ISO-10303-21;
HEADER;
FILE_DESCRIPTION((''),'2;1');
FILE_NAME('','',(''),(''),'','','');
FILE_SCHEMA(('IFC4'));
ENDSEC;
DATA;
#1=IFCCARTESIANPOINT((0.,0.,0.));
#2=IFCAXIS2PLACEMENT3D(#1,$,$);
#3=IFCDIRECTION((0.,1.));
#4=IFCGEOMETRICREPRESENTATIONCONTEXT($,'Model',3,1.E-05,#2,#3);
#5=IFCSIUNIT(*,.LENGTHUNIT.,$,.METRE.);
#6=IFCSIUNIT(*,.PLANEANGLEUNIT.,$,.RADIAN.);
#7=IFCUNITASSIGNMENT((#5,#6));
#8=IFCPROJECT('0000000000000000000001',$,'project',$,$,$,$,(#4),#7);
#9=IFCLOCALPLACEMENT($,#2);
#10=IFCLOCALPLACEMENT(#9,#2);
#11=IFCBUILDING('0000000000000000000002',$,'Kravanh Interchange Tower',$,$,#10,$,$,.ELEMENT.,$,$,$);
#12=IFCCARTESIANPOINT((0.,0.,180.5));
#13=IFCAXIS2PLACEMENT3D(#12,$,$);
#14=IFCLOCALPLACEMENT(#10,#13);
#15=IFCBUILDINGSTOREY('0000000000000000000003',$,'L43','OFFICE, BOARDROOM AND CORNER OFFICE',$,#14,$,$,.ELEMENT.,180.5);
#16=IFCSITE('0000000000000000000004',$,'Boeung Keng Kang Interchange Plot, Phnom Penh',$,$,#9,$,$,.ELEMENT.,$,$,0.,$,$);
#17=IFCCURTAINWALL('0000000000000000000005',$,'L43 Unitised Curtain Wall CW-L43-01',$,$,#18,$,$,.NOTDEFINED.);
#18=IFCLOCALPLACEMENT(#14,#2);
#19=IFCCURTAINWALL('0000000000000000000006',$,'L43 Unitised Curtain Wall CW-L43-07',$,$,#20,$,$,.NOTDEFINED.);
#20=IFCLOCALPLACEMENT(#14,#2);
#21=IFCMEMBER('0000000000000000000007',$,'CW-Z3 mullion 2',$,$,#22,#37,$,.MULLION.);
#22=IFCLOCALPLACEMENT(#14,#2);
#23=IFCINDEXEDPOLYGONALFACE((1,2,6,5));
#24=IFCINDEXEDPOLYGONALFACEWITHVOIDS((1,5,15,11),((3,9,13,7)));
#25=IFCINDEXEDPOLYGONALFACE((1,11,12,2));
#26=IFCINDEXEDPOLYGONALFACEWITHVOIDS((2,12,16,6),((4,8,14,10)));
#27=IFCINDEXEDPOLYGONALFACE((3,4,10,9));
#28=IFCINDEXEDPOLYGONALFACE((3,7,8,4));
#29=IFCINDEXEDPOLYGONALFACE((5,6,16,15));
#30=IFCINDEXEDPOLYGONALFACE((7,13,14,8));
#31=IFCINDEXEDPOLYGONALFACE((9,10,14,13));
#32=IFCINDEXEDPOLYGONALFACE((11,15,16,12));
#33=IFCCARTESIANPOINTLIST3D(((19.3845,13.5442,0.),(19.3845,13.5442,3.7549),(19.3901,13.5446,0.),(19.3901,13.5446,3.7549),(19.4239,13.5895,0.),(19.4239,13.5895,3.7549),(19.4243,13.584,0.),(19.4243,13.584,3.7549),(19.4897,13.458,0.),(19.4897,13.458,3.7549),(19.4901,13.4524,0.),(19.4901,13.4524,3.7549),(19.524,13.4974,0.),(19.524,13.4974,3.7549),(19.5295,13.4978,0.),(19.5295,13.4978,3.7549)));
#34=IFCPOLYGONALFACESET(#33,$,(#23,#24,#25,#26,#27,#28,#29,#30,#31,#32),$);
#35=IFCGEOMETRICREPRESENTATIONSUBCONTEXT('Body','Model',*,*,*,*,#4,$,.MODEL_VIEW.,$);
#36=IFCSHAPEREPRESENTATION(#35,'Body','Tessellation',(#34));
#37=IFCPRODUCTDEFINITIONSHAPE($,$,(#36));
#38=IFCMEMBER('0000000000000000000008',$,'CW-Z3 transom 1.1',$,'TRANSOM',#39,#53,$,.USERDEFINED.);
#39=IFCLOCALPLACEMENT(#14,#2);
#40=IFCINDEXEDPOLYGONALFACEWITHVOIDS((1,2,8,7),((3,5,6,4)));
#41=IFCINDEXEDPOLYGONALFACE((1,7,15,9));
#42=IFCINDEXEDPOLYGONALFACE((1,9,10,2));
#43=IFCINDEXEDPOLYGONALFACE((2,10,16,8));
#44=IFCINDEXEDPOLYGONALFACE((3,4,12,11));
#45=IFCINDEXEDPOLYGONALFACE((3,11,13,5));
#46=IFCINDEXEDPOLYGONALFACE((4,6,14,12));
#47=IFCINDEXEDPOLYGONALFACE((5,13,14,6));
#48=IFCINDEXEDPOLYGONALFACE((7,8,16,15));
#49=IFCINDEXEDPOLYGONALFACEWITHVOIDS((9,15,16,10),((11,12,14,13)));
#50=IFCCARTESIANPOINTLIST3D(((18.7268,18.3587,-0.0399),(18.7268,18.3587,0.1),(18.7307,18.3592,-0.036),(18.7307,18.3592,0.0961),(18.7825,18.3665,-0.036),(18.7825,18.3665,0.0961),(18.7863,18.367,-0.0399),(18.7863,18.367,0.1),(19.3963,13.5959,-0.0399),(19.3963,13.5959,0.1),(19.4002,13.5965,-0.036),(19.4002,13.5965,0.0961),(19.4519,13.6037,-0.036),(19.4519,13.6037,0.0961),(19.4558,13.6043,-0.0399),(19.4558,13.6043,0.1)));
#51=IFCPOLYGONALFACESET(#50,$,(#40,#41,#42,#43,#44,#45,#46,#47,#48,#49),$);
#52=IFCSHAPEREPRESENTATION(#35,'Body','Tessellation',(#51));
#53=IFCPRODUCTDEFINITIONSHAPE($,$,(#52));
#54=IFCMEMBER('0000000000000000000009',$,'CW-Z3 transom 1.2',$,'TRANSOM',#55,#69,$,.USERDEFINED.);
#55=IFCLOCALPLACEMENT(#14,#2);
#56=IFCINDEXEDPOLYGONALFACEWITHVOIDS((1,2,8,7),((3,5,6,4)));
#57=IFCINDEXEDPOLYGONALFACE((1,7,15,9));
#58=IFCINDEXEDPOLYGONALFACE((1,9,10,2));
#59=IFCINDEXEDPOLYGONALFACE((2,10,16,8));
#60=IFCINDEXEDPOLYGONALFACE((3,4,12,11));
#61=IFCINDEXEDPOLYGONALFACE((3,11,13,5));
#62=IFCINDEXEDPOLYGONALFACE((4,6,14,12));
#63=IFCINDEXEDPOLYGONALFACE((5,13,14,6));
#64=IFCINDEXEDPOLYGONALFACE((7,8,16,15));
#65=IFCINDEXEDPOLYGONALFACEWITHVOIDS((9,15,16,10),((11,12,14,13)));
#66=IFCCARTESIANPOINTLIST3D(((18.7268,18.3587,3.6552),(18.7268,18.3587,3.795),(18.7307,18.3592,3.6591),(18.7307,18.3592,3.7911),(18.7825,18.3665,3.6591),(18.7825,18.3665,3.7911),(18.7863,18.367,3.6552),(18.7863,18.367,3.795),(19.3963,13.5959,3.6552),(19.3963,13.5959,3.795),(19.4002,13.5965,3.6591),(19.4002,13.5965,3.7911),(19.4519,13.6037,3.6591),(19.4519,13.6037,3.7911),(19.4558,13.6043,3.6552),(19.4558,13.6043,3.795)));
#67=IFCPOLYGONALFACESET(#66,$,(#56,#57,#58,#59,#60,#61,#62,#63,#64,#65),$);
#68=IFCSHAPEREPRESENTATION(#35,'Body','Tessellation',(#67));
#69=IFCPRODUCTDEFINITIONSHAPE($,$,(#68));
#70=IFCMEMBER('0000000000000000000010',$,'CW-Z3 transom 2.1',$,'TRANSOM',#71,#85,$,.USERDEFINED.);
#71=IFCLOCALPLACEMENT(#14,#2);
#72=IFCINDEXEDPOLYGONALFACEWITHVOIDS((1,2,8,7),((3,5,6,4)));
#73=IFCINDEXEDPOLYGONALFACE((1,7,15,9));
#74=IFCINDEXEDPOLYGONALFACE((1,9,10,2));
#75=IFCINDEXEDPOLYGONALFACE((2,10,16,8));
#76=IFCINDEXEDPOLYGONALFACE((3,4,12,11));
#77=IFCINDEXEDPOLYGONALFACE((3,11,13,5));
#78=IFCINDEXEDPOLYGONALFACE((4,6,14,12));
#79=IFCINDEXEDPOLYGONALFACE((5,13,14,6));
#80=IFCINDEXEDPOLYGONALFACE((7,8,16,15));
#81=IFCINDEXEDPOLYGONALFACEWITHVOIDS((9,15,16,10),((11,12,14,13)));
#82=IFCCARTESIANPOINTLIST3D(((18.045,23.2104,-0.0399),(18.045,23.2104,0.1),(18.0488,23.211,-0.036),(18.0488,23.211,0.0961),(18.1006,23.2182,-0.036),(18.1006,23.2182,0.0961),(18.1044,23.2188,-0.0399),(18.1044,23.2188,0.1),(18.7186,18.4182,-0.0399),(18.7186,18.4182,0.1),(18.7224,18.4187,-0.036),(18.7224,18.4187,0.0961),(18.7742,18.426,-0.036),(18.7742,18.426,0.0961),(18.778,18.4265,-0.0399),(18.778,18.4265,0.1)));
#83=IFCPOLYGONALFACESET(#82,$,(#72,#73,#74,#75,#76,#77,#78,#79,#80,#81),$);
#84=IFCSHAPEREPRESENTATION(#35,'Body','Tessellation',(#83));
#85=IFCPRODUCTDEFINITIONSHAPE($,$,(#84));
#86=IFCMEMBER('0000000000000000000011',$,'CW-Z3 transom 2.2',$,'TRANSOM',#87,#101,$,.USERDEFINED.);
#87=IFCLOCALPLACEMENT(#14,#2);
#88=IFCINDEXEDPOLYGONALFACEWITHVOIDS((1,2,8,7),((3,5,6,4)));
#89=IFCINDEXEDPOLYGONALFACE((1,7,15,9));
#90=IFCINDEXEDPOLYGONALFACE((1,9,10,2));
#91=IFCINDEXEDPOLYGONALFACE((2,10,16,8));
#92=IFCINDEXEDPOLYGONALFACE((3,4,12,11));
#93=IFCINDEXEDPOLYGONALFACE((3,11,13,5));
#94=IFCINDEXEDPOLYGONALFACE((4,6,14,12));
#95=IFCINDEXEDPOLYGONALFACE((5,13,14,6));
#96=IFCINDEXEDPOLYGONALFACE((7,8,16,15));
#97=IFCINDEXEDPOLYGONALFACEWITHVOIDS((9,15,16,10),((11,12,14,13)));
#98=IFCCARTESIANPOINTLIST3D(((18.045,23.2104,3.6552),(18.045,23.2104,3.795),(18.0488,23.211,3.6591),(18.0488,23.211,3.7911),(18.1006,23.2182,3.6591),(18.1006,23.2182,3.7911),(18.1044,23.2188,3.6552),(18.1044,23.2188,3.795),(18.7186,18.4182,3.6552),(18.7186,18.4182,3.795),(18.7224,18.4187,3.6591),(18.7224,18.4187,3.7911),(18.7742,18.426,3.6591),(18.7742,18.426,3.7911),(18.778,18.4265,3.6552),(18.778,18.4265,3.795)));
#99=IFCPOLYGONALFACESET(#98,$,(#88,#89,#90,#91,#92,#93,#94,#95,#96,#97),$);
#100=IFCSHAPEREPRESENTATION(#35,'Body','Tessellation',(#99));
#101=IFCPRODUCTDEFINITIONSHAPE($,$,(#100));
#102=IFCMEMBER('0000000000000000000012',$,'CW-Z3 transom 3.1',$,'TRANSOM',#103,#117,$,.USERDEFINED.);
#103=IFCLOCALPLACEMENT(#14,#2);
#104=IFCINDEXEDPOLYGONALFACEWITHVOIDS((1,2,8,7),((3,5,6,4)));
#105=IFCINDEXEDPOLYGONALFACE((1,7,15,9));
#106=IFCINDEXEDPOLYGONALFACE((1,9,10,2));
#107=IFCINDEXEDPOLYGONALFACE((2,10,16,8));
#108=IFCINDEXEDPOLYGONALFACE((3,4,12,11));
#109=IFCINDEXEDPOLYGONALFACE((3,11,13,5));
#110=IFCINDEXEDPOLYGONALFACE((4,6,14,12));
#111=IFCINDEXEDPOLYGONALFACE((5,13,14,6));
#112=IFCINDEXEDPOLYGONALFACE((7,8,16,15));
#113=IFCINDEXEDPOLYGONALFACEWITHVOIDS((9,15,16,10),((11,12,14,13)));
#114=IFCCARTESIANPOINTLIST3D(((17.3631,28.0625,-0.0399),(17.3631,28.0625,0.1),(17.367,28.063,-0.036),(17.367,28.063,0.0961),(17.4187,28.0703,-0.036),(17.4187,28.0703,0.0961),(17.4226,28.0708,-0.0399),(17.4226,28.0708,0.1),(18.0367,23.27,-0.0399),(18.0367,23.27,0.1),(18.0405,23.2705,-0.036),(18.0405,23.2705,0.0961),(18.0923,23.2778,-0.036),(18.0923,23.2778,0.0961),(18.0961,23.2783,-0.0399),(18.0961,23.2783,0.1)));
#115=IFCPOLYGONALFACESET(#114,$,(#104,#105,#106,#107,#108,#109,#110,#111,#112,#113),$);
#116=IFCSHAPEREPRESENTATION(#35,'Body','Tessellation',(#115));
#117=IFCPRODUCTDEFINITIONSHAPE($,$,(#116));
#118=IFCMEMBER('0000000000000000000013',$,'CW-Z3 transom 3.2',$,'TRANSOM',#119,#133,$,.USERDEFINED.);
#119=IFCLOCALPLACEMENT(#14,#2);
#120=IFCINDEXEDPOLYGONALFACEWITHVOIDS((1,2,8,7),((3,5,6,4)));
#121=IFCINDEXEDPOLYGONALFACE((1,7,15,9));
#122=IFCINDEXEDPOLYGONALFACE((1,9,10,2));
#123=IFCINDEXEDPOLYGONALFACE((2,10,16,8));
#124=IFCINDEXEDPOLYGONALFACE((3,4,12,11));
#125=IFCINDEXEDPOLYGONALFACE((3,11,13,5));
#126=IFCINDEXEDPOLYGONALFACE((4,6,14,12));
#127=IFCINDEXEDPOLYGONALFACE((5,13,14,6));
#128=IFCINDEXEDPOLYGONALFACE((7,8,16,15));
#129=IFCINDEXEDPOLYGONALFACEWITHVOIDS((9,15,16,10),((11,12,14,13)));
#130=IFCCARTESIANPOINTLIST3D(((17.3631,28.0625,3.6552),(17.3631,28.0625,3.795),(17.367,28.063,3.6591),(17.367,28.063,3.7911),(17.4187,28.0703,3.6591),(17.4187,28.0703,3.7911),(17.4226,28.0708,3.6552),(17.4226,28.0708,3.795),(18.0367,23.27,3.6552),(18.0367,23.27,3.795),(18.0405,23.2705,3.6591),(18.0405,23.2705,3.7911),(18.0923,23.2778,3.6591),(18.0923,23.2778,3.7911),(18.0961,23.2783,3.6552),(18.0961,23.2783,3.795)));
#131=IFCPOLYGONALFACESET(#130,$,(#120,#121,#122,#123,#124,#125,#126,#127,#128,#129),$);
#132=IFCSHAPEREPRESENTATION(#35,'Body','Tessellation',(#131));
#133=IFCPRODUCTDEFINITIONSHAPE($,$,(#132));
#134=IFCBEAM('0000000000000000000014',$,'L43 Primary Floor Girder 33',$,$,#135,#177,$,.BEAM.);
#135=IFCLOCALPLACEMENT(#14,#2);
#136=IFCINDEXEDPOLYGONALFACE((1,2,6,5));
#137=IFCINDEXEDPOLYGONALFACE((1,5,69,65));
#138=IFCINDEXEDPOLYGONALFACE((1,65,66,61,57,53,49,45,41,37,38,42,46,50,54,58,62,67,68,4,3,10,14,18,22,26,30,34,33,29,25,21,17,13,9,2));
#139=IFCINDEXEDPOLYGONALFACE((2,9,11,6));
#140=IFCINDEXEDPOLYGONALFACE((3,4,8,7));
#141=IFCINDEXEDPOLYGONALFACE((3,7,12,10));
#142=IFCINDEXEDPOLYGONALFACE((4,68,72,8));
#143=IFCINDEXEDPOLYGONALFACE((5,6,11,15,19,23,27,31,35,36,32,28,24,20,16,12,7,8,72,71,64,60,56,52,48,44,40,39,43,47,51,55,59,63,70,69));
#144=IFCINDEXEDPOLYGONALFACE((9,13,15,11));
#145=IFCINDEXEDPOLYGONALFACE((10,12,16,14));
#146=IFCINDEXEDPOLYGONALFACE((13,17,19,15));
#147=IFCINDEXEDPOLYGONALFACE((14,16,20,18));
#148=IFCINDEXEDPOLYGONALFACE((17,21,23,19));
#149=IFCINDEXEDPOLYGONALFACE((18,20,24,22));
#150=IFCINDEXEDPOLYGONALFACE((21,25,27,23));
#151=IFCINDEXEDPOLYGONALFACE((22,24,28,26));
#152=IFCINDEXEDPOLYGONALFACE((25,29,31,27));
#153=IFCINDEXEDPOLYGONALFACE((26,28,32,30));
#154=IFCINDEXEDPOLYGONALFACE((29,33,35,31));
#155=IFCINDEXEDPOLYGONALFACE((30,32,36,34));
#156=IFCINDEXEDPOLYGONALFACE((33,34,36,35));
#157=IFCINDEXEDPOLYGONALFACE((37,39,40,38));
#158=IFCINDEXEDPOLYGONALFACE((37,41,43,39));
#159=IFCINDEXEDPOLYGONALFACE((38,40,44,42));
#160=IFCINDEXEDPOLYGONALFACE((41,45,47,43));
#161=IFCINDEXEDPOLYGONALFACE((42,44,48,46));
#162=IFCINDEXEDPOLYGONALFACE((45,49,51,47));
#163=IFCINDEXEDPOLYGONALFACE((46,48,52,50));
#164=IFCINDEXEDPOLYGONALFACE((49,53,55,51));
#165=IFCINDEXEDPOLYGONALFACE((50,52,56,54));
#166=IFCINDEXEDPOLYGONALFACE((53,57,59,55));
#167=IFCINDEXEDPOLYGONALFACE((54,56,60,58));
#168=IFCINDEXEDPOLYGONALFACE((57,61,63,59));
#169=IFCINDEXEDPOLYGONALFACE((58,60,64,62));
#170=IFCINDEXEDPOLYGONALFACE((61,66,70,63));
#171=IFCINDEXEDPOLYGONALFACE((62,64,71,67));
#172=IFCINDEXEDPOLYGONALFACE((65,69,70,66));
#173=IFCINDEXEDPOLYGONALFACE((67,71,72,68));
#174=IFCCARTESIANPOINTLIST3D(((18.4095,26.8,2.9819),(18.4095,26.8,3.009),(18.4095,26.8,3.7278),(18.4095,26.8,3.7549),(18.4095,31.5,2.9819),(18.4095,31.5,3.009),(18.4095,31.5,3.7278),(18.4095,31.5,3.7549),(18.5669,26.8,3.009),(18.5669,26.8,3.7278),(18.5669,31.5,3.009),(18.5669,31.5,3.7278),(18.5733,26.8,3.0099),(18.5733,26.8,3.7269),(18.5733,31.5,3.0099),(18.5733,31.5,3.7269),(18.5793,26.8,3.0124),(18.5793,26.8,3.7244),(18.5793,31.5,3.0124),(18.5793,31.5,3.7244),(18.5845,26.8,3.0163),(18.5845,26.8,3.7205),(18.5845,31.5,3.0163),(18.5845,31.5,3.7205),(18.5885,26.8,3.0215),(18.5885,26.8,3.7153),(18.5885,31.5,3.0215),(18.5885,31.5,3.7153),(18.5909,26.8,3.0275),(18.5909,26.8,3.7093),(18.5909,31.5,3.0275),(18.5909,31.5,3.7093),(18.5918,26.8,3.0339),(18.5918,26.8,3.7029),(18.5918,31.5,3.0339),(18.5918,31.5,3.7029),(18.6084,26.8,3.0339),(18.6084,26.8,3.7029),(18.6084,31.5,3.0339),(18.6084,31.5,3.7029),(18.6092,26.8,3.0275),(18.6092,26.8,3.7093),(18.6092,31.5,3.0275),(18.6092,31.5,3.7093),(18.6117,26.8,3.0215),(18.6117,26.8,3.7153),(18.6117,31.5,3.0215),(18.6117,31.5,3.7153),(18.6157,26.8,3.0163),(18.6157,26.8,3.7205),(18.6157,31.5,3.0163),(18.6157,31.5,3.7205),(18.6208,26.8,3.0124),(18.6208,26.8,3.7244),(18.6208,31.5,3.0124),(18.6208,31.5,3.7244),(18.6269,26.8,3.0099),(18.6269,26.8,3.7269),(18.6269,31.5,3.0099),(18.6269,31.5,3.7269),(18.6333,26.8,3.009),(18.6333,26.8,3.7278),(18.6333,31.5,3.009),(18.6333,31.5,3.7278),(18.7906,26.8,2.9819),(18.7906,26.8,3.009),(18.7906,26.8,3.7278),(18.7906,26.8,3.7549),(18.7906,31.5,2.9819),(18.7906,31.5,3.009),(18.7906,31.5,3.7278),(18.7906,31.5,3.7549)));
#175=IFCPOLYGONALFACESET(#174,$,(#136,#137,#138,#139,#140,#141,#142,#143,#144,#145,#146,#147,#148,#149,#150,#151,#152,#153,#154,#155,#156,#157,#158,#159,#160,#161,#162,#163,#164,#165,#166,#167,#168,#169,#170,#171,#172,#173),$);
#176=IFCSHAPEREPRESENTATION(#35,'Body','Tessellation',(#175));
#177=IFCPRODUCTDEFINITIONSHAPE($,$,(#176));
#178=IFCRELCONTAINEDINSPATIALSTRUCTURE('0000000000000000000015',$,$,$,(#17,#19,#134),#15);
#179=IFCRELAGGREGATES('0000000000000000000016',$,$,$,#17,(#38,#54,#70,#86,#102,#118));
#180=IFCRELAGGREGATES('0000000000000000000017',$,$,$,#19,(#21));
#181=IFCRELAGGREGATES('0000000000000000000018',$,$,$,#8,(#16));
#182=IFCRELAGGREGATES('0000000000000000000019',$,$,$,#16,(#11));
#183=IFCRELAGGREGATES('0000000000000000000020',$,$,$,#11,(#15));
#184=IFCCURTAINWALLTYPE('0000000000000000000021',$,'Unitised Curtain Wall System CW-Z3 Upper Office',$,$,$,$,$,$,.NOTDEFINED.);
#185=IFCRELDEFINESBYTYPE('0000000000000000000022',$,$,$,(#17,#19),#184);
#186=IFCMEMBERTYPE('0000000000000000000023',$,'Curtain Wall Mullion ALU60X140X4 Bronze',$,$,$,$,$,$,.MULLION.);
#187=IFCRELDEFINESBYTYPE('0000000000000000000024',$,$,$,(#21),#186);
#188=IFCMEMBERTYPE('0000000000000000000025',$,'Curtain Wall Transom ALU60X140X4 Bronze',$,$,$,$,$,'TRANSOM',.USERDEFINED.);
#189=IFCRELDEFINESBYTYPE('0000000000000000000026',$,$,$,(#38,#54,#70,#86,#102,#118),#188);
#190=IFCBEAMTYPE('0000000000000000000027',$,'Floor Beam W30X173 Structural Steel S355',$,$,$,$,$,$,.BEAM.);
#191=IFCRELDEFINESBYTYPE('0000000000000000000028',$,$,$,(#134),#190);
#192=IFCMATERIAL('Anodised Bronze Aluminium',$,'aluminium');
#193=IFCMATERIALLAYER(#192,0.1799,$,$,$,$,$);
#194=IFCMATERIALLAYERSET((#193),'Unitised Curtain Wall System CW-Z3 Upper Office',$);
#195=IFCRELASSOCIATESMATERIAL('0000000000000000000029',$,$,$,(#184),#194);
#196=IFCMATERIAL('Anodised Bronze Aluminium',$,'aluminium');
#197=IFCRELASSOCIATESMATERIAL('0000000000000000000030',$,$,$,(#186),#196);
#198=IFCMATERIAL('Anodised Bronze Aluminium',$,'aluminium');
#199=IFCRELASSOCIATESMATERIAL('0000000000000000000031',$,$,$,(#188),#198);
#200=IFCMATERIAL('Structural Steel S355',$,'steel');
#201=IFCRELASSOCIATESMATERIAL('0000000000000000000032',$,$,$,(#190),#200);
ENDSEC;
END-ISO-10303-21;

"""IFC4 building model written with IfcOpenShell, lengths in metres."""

from ifc_helpers import new_model, si_unit, direction, frame, origin, origin_2d, place, context, subcontext, project, spatial, hollow_rectangle, i_section, extrude, material, layer, layer_set, material_profile, profile_set, type_object, element, aggregate, save


model = new_model("IFC4")

# Units and contexts
model_context = context("Model", 3, precision=1e-05, world=origin(), true_north=direction((0.0, 1.0)))
body_context = subcontext(model_context, "Body", "Model", "MODEL_VIEW")
ifc_project = project(units=[si_unit("LENGTHUNIT", "METRE"), si_unit("PLANEANGLEUNIT", "RADIAN")], contexts=[model_context])

# Site, building, storey
site_placement = place(None, origin())
site = spatial("IfcSite", under=ifc_project, at=site_placement, Name="Boeung Keng Kang Interchange Plot, Phnom Penh", CompositionType="ELEMENT", RefElevation=0.0)
building_placement = place(site_placement, origin())
building = spatial("IfcBuilding", under=site, at=building_placement, Name="Kravanh Interchange Tower", CompositionType="ELEMENT")
storey_placement = place(building_placement, frame((0.0, 0.0, 180.5)))
storey = spatial("IfcBuildingStorey", under=building, at=storey_placement, Name="L43", Description="OFFICE, BOARDROOM AND CORNER OFFICE", CompositionType="ELEMENT", Elevation=180.5)

# Curtain wall
ifc_material_1 = material(Name="Anodised Bronze Aluminium", Category="aluminium")
ifc_layer_1 = layer(ifc_material_1, 0.1799)
ifc_layer_set_1 = layer_set([ifc_layer_1], Name="Unitised Curtain Wall System CW-Z3 Upper Office")
curtain_wall_type = type_object("IfcCurtainWallType", Name="Unitised Curtain Wall System CW-Z3 Upper Office", PredefinedType="NOTDEFINED", material=ifc_layer_set_1)
curtain_wall_1_placement = place(storey_placement, origin())
curtain_wall_1 = element("IfcCurtainWall", 1, at=curtain_wall_1_placement, inside=storey, type_object=curtain_wall_type, Name="L43 Unitised Curtain Wall CW-L43-01", PredefinedType="NOTDEFINED")
ifc_material_2 = material(Name="Anodised Bronze Aluminium", Category="aluminium")
ifc_material_profile_1 = material_profile(ifc_material_2, hollow_rectangle(XDim=0.0601, YDim=0.1399, WallThickness=0.0039, at=origin_2d()), Name="ALU60X140X4")
ifc_profile_set_1 = profile_set([ifc_material_profile_1], Name="Anodised Bronze Aluminium")
member_type_1 = type_object("IfcMemberType", Name="Curtain Wall Mullion ALU60X140X4 Bronze", PredefinedType="MULLION", material=ifc_profile_set_1)

# Curtain wall, member
curtain_wall_2_placement = place(storey_placement, origin())
curtain_wall_2 = element("IfcCurtainWall", 2, at=curtain_wall_2_placement, inside=storey, type_object=curtain_wall_type, Name="L43 Unitised Curtain Wall CW-L43-07", PredefinedType="NOTDEFINED")
member_1_placement = place(storey_placement, frame((19.457, 13.521, 0.0), z_axis=(0.0, 0.0, 1.0), x_axis=(-0.656051, -0.754717, 0.0)))
member_1 = element("IfcMember", 3, at=member_1_placement, type_object=member_type_1, Name="CW-Z3 mullion 2", PredefinedType="MULLION", context=body_context, shape_type="SweptSolid", body=[
    extrude(hollow_rectangle(XDim=0.0601, YDim=0.1399, WallThickness=0.0039, at=origin_2d()), origin(), (0.0, 0.0, 1.0), 3.7549),
])

# Members
ifc_material_3 = material(Name="Anodised Bronze Aluminium", Category="aluminium")
ifc_material_profile_2 = material_profile(ifc_material_3, hollow_rectangle(XDim=0.0601, YDim=0.1399, WallThickness=0.0039, at=origin_2d()), Name="ALU60X140X4")
ifc_profile_set_2 = profile_set([ifc_material_profile_2], Name="Anodised Bronze Aluminium")
member_type_2 = type_object("IfcMemberType", Name="Curtain Wall Transom ALU60X140X4 Bronze", ElementType="TRANSOM", PredefinedType="USERDEFINED", material=ifc_profile_set_2)
member_2_placement = place(storey_placement, frame((19.426, 13.6001, 0.03), z_axis=(-0.139189, 0.990266, 0.0), x_axis=(-0.990266, -0.139189, 0.0)))
member_2 = element("IfcMember", 4, at=member_2_placement, type_object=member_type_2, Name="CW-Z3 transom 1.1", ObjectType="TRANSOM", PredefinedType="USERDEFINED", context=body_context, shape_type="SweptSolid", body=[
    extrude(hollow_rectangle(XDim=0.0601, YDim=0.1399, WallThickness=0.0039, at=origin_2d()), origin(), (0.0, 0.0, 1.0), 4.8096),
])
member_3_placement = place(storey_placement, frame((19.426, 13.6001, 3.7251), z_axis=(-0.139189, 0.990266, 0.0), x_axis=(-0.990266, -0.139189, 0.0)))
member_3 = element("IfcMember", 5, at=member_3_placement, type_object=member_type_2, Name="CW-Z3 transom 1.2", ObjectType="TRANSOM", PredefinedType="USERDEFINED", context=body_context, shape_type="SweptSolid", body=[
    extrude(hollow_rectangle(XDim=0.0601, YDim=0.1399, WallThickness=0.0039, at=origin_2d()), origin(), (0.0, 0.0, 1.0), 4.8096),
])
member_4_placement = place(storey_placement, frame((18.7483, 18.4224, 0.03), z_axis=(-0.139189, 0.990266, 0.0), x_axis=(-0.990266, -0.139189, 0.0)))
member_4 = element("IfcMember", 6, at=member_4_placement, type_object=member_type_2, Name="CW-Z3 transom 2.1", ObjectType="TRANSOM", PredefinedType="USERDEFINED", context=body_context, shape_type="SweptSolid", body=[
    extrude(hollow_rectangle(XDim=0.0601, YDim=0.1399, WallThickness=0.0039, at=origin_2d()), origin(), (0.0, 0.0, 1.0), 4.8394),
])
member_5_placement = place(storey_placement, frame((18.7483, 18.4224, 3.7251), z_axis=(-0.139189, 0.990266, 0.0), x_axis=(-0.990266, -0.139189, 0.0)))
member_5 = element("IfcMember", 7, at=member_5_placement, type_object=member_type_2, Name="CW-Z3 transom 2.2", ObjectType="TRANSOM", PredefinedType="USERDEFINED", context=body_context, shape_type="SweptSolid", body=[
    extrude(hollow_rectangle(XDim=0.0601, YDim=0.1399, WallThickness=0.0039, at=origin_2d()), origin(), (0.0, 0.0, 1.0), 4.8394),
])
member_6_placement = place(storey_placement, frame((18.0664, 23.2742, 0.03), z_axis=(-0.139182, 0.990267, 0.0), x_axis=(-0.990267, -0.139182, 0.0)))
member_6 = element("IfcMember", 8, at=member_6_placement, type_object=member_type_2, Name="CW-Z3 transom 3.1", ObjectType="TRANSOM", PredefinedType="USERDEFINED", context=body_context, shape_type="SweptSolid", body=[
    extrude(hollow_rectangle(XDim=0.0601, YDim=0.1399, WallThickness=0.0039, at=origin_2d()), origin(), (0.0, 0.0, 1.0), 4.8396),
])
member_7_placement = place(storey_placement, frame((18.0664, 23.2742, 3.7251), z_axis=(-0.139182, 0.990267, 0.0), x_axis=(-0.990267, -0.139182, 0.0)))
member_7 = element("IfcMember", 9, at=member_7_placement, type_object=member_type_2, Name="CW-Z3 transom 3.2", ObjectType="TRANSOM", PredefinedType="USERDEFINED", context=body_context, shape_type="SweptSolid", body=[
    extrude(hollow_rectangle(XDim=0.0601, YDim=0.1399, WallThickness=0.0039, at=origin_2d()), origin(), (0.0, 0.0, 1.0), 4.8396),
])

# Beam
ifc_material_4 = material(Name="Structural Steel S355", Category="steel")
ifc_material_profile_3 = material_profile(ifc_material_4, i_section(OverallWidth=0.3811, OverallDepth=0.7729, WebThickness=0.0166, FlangeThickness=0.0271, FilletRadius=0.0249, at=origin_2d()), Name="W30X173")
ifc_profile_set_3 = profile_set([ifc_material_profile_3], Name="Structural Steel S355")
beam_type_1 = type_object("IfcBeamType", Name="Floor Beam W30X173 Structural Steel S355", PredefinedType="BEAM", material=ifc_profile_set_3)
beam_1_placement = place(storey_placement, frame((18.6001, 26.8, 3.3684), z_axis=(0.0, 1.0, 0.0), x_axis=(-1.0, 0.0, 0.0)))
element("IfcBeam", 10, at=beam_1_placement, inside=storey, type_object=beam_type_1, Name="L43 Primary Floor Girder 33", PredefinedType="BEAM", context=body_context, shape_type="SweptSolid", body=[
    extrude(i_section(OverallWidth=0.3811, OverallDepth=0.7729, WebThickness=0.0166, FlangeThickness=0.0271, FilletRadius=0.0249, at=origin_2d()), origin(), (0.0, 0.0, 1.0), 4.7),
])

aggregate(curtain_wall_1, [member_2, member_3, member_4, member_5, member_6, member_7])
aggregate(curtain_wall_2, [member_1])

save(model, "model.ifc")
